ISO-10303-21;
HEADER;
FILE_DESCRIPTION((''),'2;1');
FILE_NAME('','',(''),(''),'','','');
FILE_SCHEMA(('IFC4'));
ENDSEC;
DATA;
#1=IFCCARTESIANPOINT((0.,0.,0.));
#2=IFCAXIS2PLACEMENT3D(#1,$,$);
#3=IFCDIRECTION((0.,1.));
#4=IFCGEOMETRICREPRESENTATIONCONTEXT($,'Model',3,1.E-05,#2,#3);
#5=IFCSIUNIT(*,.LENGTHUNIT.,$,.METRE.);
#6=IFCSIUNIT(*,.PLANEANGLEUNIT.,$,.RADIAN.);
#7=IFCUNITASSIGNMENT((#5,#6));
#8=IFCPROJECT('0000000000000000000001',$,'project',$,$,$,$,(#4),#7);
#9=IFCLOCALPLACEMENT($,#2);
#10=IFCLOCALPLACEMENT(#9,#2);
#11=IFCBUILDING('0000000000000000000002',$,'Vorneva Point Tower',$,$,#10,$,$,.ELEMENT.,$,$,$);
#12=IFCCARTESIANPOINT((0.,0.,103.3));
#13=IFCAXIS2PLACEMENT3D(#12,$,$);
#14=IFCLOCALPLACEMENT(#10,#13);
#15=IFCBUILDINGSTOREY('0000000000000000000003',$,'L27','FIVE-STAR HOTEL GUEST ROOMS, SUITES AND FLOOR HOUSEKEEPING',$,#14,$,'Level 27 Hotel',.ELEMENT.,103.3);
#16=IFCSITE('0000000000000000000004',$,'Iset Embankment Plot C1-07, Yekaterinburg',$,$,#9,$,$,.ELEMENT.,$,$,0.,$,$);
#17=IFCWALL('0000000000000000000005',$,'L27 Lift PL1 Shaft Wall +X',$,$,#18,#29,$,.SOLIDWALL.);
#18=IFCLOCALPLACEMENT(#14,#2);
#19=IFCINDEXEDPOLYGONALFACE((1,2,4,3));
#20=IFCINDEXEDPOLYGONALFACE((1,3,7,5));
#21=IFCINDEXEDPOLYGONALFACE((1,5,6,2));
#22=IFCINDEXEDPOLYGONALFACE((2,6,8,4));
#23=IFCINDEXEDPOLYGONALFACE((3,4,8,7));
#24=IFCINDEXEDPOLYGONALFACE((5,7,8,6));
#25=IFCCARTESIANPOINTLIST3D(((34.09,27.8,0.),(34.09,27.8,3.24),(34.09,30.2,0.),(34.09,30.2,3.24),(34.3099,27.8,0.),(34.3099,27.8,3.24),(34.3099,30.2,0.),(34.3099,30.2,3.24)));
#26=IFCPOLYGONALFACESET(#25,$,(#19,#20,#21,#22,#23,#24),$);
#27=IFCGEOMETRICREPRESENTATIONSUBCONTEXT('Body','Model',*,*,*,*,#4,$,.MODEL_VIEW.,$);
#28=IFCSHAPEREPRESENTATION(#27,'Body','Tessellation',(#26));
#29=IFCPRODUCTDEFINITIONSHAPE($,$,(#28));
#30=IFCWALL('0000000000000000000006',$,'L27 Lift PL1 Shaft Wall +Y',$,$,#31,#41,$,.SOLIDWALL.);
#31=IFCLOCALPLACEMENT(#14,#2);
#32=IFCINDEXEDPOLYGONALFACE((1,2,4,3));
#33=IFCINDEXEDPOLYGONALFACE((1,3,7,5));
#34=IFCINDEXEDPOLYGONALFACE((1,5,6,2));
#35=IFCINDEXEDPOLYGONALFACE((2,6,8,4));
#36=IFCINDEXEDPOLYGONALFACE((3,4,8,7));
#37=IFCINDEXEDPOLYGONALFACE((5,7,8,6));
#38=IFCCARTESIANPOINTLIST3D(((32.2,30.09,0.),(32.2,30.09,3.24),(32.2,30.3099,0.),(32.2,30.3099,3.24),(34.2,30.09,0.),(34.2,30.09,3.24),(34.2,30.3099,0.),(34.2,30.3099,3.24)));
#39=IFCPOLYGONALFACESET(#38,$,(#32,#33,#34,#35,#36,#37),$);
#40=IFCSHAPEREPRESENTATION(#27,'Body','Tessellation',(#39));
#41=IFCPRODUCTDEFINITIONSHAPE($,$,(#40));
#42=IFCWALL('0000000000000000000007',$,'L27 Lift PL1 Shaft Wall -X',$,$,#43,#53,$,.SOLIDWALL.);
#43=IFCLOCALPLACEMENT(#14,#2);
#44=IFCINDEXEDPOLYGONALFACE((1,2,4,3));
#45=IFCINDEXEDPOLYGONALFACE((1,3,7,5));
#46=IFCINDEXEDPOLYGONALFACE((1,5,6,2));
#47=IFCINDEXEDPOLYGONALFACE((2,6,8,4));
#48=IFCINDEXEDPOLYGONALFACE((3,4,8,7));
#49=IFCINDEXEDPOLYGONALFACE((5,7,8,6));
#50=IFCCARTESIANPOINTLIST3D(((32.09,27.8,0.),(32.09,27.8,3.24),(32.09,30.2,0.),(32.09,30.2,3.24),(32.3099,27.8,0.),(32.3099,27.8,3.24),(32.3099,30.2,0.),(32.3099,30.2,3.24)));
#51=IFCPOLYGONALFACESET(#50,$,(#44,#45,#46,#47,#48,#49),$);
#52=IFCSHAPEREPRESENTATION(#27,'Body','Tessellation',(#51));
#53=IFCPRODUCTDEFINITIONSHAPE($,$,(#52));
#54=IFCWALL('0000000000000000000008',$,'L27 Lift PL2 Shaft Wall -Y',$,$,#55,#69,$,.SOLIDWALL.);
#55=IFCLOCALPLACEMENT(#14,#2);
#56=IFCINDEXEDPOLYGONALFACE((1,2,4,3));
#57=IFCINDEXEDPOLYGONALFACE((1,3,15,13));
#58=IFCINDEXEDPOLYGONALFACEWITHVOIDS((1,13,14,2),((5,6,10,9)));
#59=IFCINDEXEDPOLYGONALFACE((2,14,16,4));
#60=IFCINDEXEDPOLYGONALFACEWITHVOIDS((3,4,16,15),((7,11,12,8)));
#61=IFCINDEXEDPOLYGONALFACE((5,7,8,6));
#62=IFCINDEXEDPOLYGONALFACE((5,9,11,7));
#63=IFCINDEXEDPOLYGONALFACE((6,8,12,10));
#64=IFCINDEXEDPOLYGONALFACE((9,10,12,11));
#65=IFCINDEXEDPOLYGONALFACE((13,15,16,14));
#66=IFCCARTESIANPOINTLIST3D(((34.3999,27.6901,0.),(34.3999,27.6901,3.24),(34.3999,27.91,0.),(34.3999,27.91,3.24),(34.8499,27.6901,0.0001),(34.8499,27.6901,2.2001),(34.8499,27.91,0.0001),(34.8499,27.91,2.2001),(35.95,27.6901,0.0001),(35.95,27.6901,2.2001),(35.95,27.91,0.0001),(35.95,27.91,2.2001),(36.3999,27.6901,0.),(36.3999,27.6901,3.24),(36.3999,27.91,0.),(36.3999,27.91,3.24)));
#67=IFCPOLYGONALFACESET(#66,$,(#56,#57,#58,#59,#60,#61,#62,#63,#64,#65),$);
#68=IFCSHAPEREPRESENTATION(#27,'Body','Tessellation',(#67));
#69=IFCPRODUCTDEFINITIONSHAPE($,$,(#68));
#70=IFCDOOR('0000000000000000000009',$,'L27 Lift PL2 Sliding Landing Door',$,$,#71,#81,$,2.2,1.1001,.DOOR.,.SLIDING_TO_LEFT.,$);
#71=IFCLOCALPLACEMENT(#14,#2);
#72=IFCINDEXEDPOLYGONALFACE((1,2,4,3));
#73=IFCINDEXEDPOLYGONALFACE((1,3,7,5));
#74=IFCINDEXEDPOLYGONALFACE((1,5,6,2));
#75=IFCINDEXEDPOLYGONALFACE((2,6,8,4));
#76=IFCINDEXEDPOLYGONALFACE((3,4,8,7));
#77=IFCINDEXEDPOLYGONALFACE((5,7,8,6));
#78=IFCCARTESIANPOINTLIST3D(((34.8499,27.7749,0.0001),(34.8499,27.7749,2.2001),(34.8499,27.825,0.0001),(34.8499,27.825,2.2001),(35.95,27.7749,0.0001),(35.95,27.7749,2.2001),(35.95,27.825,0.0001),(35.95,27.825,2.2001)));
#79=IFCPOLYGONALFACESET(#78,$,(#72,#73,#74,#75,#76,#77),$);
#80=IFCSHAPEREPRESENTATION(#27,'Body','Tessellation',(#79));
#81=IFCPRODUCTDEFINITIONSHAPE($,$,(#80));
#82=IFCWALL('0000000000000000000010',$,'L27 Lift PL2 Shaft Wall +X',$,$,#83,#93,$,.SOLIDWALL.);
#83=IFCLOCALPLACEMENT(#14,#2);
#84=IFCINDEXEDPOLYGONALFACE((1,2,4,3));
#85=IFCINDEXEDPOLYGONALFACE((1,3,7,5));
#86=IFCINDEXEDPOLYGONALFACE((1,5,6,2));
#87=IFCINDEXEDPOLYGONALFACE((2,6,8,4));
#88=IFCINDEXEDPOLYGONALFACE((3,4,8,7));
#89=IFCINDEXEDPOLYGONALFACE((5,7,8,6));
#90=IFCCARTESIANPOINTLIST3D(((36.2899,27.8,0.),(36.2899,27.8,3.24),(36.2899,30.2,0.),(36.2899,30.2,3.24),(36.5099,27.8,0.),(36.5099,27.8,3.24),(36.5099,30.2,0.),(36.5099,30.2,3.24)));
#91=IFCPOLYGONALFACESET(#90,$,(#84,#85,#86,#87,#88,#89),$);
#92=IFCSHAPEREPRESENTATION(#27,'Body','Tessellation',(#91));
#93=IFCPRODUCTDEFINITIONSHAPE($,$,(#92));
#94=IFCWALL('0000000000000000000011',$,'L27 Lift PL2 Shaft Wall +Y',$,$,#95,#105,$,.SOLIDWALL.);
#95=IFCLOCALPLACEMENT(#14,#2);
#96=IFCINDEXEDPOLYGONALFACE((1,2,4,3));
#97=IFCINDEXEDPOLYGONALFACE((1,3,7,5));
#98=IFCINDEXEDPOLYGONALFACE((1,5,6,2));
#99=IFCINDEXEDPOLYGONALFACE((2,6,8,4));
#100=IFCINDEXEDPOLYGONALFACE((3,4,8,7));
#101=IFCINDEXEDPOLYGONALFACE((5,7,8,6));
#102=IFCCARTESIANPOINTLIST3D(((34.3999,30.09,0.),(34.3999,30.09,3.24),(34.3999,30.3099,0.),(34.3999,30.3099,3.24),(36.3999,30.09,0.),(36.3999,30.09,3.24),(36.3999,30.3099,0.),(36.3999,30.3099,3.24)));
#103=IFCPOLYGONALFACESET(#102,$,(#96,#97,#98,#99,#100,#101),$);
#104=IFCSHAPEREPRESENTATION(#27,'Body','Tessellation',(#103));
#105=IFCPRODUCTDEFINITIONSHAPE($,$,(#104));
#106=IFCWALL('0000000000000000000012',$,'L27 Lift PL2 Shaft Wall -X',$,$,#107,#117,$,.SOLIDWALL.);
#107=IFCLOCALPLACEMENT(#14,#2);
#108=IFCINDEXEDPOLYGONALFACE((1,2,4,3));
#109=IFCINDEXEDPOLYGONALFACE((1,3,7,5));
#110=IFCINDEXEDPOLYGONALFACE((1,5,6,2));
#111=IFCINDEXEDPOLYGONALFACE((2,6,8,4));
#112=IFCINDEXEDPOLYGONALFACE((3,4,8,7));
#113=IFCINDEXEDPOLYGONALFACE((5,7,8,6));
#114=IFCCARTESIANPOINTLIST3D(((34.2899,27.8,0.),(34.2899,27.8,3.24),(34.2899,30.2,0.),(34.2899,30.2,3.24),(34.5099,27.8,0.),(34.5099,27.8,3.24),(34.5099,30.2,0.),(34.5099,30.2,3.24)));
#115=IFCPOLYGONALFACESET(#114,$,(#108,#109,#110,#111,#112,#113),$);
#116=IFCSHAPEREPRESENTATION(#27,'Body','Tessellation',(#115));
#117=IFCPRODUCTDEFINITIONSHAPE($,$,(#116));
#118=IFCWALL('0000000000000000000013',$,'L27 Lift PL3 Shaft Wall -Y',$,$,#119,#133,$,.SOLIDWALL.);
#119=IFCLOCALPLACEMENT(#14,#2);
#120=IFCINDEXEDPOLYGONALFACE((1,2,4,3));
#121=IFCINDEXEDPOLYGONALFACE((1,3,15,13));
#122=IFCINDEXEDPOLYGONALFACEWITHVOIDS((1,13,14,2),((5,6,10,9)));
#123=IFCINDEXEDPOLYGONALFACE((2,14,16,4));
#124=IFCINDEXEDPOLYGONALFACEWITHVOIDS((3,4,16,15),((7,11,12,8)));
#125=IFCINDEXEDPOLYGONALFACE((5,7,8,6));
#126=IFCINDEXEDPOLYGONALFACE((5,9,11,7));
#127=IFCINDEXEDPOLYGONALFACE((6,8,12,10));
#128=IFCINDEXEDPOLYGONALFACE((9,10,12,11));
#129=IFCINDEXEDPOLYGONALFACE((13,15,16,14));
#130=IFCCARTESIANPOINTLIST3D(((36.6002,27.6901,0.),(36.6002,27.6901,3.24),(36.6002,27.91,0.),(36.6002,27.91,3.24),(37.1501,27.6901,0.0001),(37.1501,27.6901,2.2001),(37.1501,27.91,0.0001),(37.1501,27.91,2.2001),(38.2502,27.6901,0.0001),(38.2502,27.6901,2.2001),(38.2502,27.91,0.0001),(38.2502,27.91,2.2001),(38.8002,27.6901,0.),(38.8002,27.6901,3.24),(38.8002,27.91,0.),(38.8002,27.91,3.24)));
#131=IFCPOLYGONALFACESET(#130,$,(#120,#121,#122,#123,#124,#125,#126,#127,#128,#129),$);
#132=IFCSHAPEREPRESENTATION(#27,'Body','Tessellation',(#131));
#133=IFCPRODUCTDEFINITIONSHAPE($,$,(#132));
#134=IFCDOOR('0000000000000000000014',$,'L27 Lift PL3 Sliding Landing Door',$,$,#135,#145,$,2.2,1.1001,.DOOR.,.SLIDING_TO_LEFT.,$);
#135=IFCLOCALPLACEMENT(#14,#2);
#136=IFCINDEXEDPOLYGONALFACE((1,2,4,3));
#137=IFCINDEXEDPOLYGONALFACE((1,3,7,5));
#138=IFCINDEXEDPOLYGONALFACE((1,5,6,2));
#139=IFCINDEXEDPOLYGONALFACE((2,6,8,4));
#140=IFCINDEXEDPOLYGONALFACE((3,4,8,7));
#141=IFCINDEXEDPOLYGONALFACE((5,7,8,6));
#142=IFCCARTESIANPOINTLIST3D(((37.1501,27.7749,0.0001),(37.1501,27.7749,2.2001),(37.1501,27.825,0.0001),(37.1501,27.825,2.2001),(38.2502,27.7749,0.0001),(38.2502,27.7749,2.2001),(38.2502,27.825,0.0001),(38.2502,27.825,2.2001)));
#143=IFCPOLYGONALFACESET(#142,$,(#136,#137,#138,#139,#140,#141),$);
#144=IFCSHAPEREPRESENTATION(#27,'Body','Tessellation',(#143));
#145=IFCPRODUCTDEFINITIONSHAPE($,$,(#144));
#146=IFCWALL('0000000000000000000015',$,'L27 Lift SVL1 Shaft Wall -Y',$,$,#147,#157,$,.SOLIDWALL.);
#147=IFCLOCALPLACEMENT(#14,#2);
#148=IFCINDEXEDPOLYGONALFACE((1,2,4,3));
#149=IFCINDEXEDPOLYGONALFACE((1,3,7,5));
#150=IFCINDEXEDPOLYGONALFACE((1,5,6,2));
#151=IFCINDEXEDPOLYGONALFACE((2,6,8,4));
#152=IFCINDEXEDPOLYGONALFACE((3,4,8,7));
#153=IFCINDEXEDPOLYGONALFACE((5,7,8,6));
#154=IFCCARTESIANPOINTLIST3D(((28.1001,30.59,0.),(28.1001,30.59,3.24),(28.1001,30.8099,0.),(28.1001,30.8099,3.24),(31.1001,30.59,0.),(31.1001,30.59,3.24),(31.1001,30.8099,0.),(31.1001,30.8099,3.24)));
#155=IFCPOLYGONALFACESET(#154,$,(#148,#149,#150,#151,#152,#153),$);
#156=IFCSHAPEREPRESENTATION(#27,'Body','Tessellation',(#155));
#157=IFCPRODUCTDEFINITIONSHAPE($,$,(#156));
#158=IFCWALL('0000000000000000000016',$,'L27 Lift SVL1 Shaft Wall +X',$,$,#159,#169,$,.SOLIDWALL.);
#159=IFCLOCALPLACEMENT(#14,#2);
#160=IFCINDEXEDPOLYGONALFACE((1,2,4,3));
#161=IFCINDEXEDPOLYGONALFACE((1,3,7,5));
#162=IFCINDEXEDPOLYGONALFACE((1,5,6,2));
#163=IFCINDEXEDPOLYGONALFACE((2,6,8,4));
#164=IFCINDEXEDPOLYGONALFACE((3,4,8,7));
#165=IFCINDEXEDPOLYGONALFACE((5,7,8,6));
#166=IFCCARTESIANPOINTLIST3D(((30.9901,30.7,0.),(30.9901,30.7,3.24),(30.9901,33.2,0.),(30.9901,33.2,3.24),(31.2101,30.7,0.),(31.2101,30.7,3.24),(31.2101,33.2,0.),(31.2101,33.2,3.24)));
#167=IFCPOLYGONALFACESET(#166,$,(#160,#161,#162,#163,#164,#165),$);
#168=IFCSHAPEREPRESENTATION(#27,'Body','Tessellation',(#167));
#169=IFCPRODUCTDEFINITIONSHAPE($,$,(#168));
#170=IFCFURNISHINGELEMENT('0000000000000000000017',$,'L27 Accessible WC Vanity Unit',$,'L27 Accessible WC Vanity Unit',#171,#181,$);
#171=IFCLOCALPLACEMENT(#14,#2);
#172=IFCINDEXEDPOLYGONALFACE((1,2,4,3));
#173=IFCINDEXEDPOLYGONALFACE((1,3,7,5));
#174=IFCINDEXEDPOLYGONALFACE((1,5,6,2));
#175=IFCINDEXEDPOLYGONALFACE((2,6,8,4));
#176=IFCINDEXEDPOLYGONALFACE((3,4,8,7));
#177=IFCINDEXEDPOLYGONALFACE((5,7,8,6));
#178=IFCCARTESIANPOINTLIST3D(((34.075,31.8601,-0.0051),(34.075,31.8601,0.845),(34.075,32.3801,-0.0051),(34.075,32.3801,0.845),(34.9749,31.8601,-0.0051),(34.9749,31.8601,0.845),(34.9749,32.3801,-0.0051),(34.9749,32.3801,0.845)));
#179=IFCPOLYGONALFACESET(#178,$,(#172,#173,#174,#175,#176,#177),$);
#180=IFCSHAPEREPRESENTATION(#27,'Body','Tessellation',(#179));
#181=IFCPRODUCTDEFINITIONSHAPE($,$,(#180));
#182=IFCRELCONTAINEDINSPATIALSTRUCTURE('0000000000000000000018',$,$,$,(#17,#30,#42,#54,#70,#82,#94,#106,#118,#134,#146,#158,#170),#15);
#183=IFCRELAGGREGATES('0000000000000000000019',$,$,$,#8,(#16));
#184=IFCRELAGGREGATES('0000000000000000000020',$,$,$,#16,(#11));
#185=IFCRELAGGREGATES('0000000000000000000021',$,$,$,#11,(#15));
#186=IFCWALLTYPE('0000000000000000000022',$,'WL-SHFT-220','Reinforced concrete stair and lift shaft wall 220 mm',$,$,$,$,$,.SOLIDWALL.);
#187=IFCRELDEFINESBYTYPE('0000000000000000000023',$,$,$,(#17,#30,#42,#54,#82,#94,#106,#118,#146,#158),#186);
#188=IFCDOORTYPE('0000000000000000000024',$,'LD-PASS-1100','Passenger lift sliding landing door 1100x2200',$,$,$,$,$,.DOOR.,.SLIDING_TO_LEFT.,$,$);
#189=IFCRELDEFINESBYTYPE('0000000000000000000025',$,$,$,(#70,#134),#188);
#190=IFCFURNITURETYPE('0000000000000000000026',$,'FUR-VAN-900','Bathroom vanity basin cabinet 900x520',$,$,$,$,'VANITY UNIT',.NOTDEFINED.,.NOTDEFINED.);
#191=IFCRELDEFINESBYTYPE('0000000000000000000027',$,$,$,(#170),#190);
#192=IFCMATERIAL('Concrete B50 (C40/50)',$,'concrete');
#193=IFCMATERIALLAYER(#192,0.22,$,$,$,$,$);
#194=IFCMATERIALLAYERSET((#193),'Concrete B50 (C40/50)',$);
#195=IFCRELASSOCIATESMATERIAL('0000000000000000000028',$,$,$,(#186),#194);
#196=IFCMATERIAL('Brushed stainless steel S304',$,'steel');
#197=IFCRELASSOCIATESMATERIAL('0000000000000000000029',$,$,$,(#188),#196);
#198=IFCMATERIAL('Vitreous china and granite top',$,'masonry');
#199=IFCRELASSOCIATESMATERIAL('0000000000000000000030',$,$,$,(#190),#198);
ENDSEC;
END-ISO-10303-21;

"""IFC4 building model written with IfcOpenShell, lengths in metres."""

from ifc_helpers import new_model, si_unit, direction, frame, frame_2d, origin, origin_2d, place, context, subcontext, project, spatial, rectangle, extrude, material, layer, layer_set, type_object, element, fill, save


model = new_model("IFC4")

# Units and contexts
model_context = context("Model", 3, precision=1e-05, world=origin(), true_north=direction((0.0, 1.0)))
body_context = subcontext(model_context, "Body", "Model", "MODEL_VIEW")
ifc_project = project(units=[si_unit("LENGTHUNIT", "METRE"), si_unit("PLANEANGLEUNIT", "RADIAN")], contexts=[model_context])

# Site, building, storey
site_placement = place(None, origin())
site = spatial("IfcSite", under=ifc_project, at=site_placement, Name="Iset Embankment Plot C1-07, Yekaterinburg", CompositionType="ELEMENT", RefElevation=0.0)
building_placement = place(site_placement, origin())
building = spatial("IfcBuilding", under=site, at=building_placement, Name="Vorneva Point Tower", CompositionType="ELEMENT")
storey_placement = place(building_placement, frame((0.0, 0.0, 103.3)))
storey = spatial("IfcBuildingStorey", under=building, at=storey_placement, Name="L27", Description="FIVE-STAR HOTEL GUEST ROOMS, SUITES AND FLOOR HOUSEKEEPING", LongName="Level 27 Hotel", CompositionType="ELEMENT", Elevation=103.3)

# Shared definitions
ifc_material_1 = material(Name="Concrete B50 (C40/50)", Category="concrete")
ifc_layer_1 = layer(ifc_material_1, 0.22)
ifc_layer_set_1 = layer_set([ifc_layer_1], Name="Concrete B50 (C40/50)")
wall_type_1 = type_object("IfcWallType", Name="WL-SHFT-220", Description="Reinforced concrete stair and lift shaft wall 220 mm", PredefinedType="SOLIDWALL", material=ifc_layer_set_1)
ifc_material_2 = material(Name="Brushed stainless steel S304", Category="steel")
door_type = type_object("IfcDoorType", Name="LD-PASS-1100", Description="Passenger lift sliding landing door 1100x2200", OperationType="SLIDING_TO_LEFT", PredefinedType="DOOR", material=ifc_material_2)

# Walls
wall_1_placement = place(storey_placement, frame((34.2, 27.8, 0.0), z_axis=(0.0, 0.0, 1.0), x_axis=(0.0, 1.0, 0.0)))
element("IfcWall", 1, at=wall_1_placement, inside=storey, type_object=wall_type_1, Name="L27 Lift PL1 Shaft Wall +X", PredefinedType="SOLIDWALL", context=body_context, shape_type="SweptSolid", body=[
    extrude(rectangle(XDim=2.3999, YDim=0.22, at=frame_2d((1.2, 0.0))), origin(), (0.0, 0.0, 1.0), 3.24),
])
wall_2_placement = place(storey_placement, frame((34.2, 30.2, 0.0), z_axis=(0.0, 0.0, 1.0), x_axis=(-1.0, 0.0, 0.0)))
element("IfcWall", 2, at=wall_2_placement, inside=storey, type_object=wall_type_1, Name="L27 Lift PL1 Shaft Wall +Y", PredefinedType="SOLIDWALL", context=body_context, shape_type="SweptSolid", body=[
    extrude(rectangle(XDim=2.0, YDim=0.22, at=frame_2d((1.0, 0.0))), origin(), (0.0, 0.0, 1.0), 3.24),
])
wall_3_placement = place(storey_placement, frame((32.2, 30.2, 0.0), z_axis=(0.0, 0.0, 1.0), x_axis=(0.0, -1.0, 0.0)))
element("IfcWall", 3, at=wall_3_placement, inside=storey, type_object=wall_type_1, Name="L27 Lift PL1 Shaft Wall -X", PredefinedType="SOLIDWALL", context=body_context, shape_type="SweptSolid", body=[
    extrude(rectangle(XDim=2.3999, YDim=0.22, at=frame_2d((1.2, 0.0))), origin(), (0.0, 0.0, 1.0), 3.24),
])

# Wall, opening, door
wall_4_placement = place(storey_placement, frame((34.3999, 27.8, 0.0), z_axis=(0.0, 0.0, 1.0), x_axis=(1.0, 0.0, 0.0)))
wall_4 = element("IfcWall", 4, at=wall_4_placement, inside=storey, type_object=wall_type_1, Name="L27 Lift PL2 Shaft Wall -Y", PredefinedType="SOLIDWALL", context=body_context, shape_type="SweptSolid", body=[
    extrude(rectangle(XDim=2.0, YDim=0.22, at=frame_2d((1.0, 0.0))), origin(), (0.0, 0.0, 1.0), 3.24),
])
opening_1_placement = place(wall_4_placement, frame((0.45, 0.0, 0.0)))
opening_1 = element("IfcOpeningElement", 5, at=opening_1_placement, cuts=wall_4, PredefinedType="OPENING", context=body_context, shape_type="SweptSolid", body=[
    extrude(rectangle(XDim=1.1001, YDim=2.2, at=frame_2d((0.55, 1.1001))), frame((0.0, 0.125, 0.0), z_axis=(0.0, -1.0, 0.0), x_axis=(1.0, 0.0, 0.0)), (0.0, 0.0, 1.0), 0.2498),
])
door_1_placement = place(opening_1_placement, origin())
door_1 = element("IfcDoor", 6, at=door_1_placement, inside=storey, type_object=door_type, Name="L27 Lift PL2 Sliding Landing Door", OperationType="SLIDING_TO_LEFT", OverallHeight=2.2, OverallWidth=1.1001, PredefinedType="DOOR", context=body_context, shape_type="SweptSolid", body=[
    extrude(rectangle(XDim=1.1001, YDim=2.2, at=frame_2d((0.55, 1.1001))), frame((0.0, 0.0249, 0.0), z_axis=(0.0, -1.0, 0.0), x_axis=(1.0, 0.0, 0.0)), (0.0, 0.0, 1.0), 0.05),
])
fill(opening_1, door_1)

# Walls
wall_5_placement = place(storey_placement, frame((36.3999, 27.8, 0.0), z_axis=(0.0, 0.0, 1.0), x_axis=(0.0, 1.0, 0.0)))
element("IfcWall", 7, at=wall_5_placement, inside=storey, type_object=wall_type_1, Name="L27 Lift PL2 Shaft Wall +X", PredefinedType="SOLIDWALL", context=body_context, shape_type="SweptSolid", body=[
    extrude(rectangle(XDim=2.3999, YDim=0.22, at=frame_2d((1.2, 0.0))), origin(), (0.0, 0.0, 1.0), 3.24),
])
wall_6_placement = place(storey_placement, frame((36.3999, 30.2, 0.0), z_axis=(0.0, 0.0, 1.0), x_axis=(-1.0, 0.0, 0.0)))
element("IfcWall", 8, at=wall_6_placement, inside=storey, type_object=wall_type_1, Name="L27 Lift PL2 Shaft Wall +Y", PredefinedType="SOLIDWALL", context=body_context, shape_type="SweptSolid", body=[
    extrude(rectangle(XDim=2.0, YDim=0.22, at=frame_2d((1.0, 0.0))), origin(), (0.0, 0.0, 1.0), 3.24),
])
wall_7_placement = place(storey_placement, frame((34.3999, 30.2, 0.0), z_axis=(0.0, 0.0, 1.0), x_axis=(0.0, -1.0, 0.0)))
element("IfcWall", 9, at=wall_7_placement, inside=storey, type_object=wall_type_1, Name="L27 Lift PL2 Shaft Wall -X", PredefinedType="SOLIDWALL", context=body_context, shape_type="SweptSolid", body=[
    extrude(rectangle(XDim=2.3999, YDim=0.22, at=frame_2d((1.2, 0.0))), origin(), (0.0, 0.0, 1.0), 3.24),
])

# Wall, opening, door
wall_8_placement = place(storey_placement, frame((36.6001, 27.8, 0.0), z_axis=(0.0, 0.0, 1.0), x_axis=(1.0, 0.0, 0.0)))
wall_8 = element("IfcWall", 10, at=wall_8_placement, inside=storey, type_object=wall_type_1, Name="L27 Lift PL3 Shaft Wall -Y", PredefinedType="SOLIDWALL", context=body_context, shape_type="SweptSolid", body=[
    extrude(rectangle(XDim=2.2, YDim=0.22, at=frame_2d((1.1001, 0.0))), origin(), (0.0, 0.0, 1.0), 3.24),
])
opening_2_placement = place(wall_8_placement, frame((0.55, 0.0, 0.0)))
opening_2 = element("IfcOpeningElement", 11, at=opening_2_placement, cuts=wall_8, PredefinedType="OPENING", context=body_context, shape_type="SweptSolid", body=[
    extrude(rectangle(XDim=1.1001, YDim=2.2, at=frame_2d((0.55, 1.1001))), frame((0.0, 0.125, 0.0), z_axis=(0.0, -1.0, 0.0), x_axis=(1.0, 0.0, 0.0)), (0.0, 0.0, 1.0), 0.2498),
])
door_2_placement = place(opening_2_placement, origin())
door_2 = element("IfcDoor", 12, at=door_2_placement, inside=storey, type_object=door_type, Name="L27 Lift PL3 Sliding Landing Door", OperationType="SLIDING_TO_LEFT", OverallHeight=2.2, OverallWidth=1.1001, PredefinedType="DOOR", context=body_context, shape_type="SweptSolid", body=[
    extrude(rectangle(XDim=1.1001, YDim=2.2, at=frame_2d((0.55, 1.1001))), frame((0.0, 0.0249, 0.0), z_axis=(0.0, -1.0, 0.0), x_axis=(1.0, 0.0, 0.0)), (0.0, 0.0, 1.0), 0.05),
])
fill(opening_2, door_2)

# Walls
wall_9_placement = place(storey_placement, frame((28.1001, 30.7, 0.0), z_axis=(0.0, 0.0, 1.0), x_axis=(1.0, 0.0, 0.0)))
element("IfcWall", 13, at=wall_9_placement, inside=storey, type_object=wall_type_1, Name="L27 Lift SVL1 Shaft Wall -Y", PredefinedType="SOLIDWALL", context=body_context, shape_type="SweptSolid", body=[
    extrude(rectangle(XDim=3.0, YDim=0.22, at=frame_2d((1.5, 0.0))), origin(), (0.0, 0.0, 1.0), 3.24),
])
wall_10_placement = place(storey_placement, frame((31.1001, 30.7, 0.0), z_axis=(0.0, 0.0, 1.0), x_axis=(0.0, 1.0, 0.0)))
element("IfcWall", 14, at=wall_10_placement, inside=storey, type_object=wall_type_1, Name="L27 Lift SVL1 Shaft Wall +X", PredefinedType="SOLIDWALL", context=body_context, shape_type="SweptSolid", body=[
    extrude(rectangle(XDim=2.5, YDim=0.22, at=frame_2d((1.25, 0.0))), origin(), (0.0, 0.0, 1.0), 3.24),
])

# Furnishing element
ifc_material_3 = material(Name="Vitreous china and granite top", Category="masonry")
furniture_type = type_object("IfcFurnitureType", Name="FUR-VAN-900", Description="Bathroom vanity basin cabinet 900x520", ElementType="VANITY UNIT", AssemblyPlace="NOTDEFINED", PredefinedType="NOTDEFINED", material=ifc_material_3)
furnishing_placement = place(storey_placement, frame((34.5249, 32.1201, -0.0051), z_axis=(0.0, 0.0, 1.0), x_axis=(1.0, 0.0, 0.0)))
element("IfcFurnishingElement", 15, at=furnishing_placement, inside=storey, type_object=furniture_type, Name="L27 Accessible WC Vanity Unit", ObjectType="L27 Accessible WC Vanity Unit", context=body_context, shape_type="SweptSolid", body=[
    extrude(rectangle(XDim=0.8999, YDim=0.52, at=origin_2d()), origin(), (0.0, 0.0, 1.0), 0.8501),
])

save(model, "model.ifc")
